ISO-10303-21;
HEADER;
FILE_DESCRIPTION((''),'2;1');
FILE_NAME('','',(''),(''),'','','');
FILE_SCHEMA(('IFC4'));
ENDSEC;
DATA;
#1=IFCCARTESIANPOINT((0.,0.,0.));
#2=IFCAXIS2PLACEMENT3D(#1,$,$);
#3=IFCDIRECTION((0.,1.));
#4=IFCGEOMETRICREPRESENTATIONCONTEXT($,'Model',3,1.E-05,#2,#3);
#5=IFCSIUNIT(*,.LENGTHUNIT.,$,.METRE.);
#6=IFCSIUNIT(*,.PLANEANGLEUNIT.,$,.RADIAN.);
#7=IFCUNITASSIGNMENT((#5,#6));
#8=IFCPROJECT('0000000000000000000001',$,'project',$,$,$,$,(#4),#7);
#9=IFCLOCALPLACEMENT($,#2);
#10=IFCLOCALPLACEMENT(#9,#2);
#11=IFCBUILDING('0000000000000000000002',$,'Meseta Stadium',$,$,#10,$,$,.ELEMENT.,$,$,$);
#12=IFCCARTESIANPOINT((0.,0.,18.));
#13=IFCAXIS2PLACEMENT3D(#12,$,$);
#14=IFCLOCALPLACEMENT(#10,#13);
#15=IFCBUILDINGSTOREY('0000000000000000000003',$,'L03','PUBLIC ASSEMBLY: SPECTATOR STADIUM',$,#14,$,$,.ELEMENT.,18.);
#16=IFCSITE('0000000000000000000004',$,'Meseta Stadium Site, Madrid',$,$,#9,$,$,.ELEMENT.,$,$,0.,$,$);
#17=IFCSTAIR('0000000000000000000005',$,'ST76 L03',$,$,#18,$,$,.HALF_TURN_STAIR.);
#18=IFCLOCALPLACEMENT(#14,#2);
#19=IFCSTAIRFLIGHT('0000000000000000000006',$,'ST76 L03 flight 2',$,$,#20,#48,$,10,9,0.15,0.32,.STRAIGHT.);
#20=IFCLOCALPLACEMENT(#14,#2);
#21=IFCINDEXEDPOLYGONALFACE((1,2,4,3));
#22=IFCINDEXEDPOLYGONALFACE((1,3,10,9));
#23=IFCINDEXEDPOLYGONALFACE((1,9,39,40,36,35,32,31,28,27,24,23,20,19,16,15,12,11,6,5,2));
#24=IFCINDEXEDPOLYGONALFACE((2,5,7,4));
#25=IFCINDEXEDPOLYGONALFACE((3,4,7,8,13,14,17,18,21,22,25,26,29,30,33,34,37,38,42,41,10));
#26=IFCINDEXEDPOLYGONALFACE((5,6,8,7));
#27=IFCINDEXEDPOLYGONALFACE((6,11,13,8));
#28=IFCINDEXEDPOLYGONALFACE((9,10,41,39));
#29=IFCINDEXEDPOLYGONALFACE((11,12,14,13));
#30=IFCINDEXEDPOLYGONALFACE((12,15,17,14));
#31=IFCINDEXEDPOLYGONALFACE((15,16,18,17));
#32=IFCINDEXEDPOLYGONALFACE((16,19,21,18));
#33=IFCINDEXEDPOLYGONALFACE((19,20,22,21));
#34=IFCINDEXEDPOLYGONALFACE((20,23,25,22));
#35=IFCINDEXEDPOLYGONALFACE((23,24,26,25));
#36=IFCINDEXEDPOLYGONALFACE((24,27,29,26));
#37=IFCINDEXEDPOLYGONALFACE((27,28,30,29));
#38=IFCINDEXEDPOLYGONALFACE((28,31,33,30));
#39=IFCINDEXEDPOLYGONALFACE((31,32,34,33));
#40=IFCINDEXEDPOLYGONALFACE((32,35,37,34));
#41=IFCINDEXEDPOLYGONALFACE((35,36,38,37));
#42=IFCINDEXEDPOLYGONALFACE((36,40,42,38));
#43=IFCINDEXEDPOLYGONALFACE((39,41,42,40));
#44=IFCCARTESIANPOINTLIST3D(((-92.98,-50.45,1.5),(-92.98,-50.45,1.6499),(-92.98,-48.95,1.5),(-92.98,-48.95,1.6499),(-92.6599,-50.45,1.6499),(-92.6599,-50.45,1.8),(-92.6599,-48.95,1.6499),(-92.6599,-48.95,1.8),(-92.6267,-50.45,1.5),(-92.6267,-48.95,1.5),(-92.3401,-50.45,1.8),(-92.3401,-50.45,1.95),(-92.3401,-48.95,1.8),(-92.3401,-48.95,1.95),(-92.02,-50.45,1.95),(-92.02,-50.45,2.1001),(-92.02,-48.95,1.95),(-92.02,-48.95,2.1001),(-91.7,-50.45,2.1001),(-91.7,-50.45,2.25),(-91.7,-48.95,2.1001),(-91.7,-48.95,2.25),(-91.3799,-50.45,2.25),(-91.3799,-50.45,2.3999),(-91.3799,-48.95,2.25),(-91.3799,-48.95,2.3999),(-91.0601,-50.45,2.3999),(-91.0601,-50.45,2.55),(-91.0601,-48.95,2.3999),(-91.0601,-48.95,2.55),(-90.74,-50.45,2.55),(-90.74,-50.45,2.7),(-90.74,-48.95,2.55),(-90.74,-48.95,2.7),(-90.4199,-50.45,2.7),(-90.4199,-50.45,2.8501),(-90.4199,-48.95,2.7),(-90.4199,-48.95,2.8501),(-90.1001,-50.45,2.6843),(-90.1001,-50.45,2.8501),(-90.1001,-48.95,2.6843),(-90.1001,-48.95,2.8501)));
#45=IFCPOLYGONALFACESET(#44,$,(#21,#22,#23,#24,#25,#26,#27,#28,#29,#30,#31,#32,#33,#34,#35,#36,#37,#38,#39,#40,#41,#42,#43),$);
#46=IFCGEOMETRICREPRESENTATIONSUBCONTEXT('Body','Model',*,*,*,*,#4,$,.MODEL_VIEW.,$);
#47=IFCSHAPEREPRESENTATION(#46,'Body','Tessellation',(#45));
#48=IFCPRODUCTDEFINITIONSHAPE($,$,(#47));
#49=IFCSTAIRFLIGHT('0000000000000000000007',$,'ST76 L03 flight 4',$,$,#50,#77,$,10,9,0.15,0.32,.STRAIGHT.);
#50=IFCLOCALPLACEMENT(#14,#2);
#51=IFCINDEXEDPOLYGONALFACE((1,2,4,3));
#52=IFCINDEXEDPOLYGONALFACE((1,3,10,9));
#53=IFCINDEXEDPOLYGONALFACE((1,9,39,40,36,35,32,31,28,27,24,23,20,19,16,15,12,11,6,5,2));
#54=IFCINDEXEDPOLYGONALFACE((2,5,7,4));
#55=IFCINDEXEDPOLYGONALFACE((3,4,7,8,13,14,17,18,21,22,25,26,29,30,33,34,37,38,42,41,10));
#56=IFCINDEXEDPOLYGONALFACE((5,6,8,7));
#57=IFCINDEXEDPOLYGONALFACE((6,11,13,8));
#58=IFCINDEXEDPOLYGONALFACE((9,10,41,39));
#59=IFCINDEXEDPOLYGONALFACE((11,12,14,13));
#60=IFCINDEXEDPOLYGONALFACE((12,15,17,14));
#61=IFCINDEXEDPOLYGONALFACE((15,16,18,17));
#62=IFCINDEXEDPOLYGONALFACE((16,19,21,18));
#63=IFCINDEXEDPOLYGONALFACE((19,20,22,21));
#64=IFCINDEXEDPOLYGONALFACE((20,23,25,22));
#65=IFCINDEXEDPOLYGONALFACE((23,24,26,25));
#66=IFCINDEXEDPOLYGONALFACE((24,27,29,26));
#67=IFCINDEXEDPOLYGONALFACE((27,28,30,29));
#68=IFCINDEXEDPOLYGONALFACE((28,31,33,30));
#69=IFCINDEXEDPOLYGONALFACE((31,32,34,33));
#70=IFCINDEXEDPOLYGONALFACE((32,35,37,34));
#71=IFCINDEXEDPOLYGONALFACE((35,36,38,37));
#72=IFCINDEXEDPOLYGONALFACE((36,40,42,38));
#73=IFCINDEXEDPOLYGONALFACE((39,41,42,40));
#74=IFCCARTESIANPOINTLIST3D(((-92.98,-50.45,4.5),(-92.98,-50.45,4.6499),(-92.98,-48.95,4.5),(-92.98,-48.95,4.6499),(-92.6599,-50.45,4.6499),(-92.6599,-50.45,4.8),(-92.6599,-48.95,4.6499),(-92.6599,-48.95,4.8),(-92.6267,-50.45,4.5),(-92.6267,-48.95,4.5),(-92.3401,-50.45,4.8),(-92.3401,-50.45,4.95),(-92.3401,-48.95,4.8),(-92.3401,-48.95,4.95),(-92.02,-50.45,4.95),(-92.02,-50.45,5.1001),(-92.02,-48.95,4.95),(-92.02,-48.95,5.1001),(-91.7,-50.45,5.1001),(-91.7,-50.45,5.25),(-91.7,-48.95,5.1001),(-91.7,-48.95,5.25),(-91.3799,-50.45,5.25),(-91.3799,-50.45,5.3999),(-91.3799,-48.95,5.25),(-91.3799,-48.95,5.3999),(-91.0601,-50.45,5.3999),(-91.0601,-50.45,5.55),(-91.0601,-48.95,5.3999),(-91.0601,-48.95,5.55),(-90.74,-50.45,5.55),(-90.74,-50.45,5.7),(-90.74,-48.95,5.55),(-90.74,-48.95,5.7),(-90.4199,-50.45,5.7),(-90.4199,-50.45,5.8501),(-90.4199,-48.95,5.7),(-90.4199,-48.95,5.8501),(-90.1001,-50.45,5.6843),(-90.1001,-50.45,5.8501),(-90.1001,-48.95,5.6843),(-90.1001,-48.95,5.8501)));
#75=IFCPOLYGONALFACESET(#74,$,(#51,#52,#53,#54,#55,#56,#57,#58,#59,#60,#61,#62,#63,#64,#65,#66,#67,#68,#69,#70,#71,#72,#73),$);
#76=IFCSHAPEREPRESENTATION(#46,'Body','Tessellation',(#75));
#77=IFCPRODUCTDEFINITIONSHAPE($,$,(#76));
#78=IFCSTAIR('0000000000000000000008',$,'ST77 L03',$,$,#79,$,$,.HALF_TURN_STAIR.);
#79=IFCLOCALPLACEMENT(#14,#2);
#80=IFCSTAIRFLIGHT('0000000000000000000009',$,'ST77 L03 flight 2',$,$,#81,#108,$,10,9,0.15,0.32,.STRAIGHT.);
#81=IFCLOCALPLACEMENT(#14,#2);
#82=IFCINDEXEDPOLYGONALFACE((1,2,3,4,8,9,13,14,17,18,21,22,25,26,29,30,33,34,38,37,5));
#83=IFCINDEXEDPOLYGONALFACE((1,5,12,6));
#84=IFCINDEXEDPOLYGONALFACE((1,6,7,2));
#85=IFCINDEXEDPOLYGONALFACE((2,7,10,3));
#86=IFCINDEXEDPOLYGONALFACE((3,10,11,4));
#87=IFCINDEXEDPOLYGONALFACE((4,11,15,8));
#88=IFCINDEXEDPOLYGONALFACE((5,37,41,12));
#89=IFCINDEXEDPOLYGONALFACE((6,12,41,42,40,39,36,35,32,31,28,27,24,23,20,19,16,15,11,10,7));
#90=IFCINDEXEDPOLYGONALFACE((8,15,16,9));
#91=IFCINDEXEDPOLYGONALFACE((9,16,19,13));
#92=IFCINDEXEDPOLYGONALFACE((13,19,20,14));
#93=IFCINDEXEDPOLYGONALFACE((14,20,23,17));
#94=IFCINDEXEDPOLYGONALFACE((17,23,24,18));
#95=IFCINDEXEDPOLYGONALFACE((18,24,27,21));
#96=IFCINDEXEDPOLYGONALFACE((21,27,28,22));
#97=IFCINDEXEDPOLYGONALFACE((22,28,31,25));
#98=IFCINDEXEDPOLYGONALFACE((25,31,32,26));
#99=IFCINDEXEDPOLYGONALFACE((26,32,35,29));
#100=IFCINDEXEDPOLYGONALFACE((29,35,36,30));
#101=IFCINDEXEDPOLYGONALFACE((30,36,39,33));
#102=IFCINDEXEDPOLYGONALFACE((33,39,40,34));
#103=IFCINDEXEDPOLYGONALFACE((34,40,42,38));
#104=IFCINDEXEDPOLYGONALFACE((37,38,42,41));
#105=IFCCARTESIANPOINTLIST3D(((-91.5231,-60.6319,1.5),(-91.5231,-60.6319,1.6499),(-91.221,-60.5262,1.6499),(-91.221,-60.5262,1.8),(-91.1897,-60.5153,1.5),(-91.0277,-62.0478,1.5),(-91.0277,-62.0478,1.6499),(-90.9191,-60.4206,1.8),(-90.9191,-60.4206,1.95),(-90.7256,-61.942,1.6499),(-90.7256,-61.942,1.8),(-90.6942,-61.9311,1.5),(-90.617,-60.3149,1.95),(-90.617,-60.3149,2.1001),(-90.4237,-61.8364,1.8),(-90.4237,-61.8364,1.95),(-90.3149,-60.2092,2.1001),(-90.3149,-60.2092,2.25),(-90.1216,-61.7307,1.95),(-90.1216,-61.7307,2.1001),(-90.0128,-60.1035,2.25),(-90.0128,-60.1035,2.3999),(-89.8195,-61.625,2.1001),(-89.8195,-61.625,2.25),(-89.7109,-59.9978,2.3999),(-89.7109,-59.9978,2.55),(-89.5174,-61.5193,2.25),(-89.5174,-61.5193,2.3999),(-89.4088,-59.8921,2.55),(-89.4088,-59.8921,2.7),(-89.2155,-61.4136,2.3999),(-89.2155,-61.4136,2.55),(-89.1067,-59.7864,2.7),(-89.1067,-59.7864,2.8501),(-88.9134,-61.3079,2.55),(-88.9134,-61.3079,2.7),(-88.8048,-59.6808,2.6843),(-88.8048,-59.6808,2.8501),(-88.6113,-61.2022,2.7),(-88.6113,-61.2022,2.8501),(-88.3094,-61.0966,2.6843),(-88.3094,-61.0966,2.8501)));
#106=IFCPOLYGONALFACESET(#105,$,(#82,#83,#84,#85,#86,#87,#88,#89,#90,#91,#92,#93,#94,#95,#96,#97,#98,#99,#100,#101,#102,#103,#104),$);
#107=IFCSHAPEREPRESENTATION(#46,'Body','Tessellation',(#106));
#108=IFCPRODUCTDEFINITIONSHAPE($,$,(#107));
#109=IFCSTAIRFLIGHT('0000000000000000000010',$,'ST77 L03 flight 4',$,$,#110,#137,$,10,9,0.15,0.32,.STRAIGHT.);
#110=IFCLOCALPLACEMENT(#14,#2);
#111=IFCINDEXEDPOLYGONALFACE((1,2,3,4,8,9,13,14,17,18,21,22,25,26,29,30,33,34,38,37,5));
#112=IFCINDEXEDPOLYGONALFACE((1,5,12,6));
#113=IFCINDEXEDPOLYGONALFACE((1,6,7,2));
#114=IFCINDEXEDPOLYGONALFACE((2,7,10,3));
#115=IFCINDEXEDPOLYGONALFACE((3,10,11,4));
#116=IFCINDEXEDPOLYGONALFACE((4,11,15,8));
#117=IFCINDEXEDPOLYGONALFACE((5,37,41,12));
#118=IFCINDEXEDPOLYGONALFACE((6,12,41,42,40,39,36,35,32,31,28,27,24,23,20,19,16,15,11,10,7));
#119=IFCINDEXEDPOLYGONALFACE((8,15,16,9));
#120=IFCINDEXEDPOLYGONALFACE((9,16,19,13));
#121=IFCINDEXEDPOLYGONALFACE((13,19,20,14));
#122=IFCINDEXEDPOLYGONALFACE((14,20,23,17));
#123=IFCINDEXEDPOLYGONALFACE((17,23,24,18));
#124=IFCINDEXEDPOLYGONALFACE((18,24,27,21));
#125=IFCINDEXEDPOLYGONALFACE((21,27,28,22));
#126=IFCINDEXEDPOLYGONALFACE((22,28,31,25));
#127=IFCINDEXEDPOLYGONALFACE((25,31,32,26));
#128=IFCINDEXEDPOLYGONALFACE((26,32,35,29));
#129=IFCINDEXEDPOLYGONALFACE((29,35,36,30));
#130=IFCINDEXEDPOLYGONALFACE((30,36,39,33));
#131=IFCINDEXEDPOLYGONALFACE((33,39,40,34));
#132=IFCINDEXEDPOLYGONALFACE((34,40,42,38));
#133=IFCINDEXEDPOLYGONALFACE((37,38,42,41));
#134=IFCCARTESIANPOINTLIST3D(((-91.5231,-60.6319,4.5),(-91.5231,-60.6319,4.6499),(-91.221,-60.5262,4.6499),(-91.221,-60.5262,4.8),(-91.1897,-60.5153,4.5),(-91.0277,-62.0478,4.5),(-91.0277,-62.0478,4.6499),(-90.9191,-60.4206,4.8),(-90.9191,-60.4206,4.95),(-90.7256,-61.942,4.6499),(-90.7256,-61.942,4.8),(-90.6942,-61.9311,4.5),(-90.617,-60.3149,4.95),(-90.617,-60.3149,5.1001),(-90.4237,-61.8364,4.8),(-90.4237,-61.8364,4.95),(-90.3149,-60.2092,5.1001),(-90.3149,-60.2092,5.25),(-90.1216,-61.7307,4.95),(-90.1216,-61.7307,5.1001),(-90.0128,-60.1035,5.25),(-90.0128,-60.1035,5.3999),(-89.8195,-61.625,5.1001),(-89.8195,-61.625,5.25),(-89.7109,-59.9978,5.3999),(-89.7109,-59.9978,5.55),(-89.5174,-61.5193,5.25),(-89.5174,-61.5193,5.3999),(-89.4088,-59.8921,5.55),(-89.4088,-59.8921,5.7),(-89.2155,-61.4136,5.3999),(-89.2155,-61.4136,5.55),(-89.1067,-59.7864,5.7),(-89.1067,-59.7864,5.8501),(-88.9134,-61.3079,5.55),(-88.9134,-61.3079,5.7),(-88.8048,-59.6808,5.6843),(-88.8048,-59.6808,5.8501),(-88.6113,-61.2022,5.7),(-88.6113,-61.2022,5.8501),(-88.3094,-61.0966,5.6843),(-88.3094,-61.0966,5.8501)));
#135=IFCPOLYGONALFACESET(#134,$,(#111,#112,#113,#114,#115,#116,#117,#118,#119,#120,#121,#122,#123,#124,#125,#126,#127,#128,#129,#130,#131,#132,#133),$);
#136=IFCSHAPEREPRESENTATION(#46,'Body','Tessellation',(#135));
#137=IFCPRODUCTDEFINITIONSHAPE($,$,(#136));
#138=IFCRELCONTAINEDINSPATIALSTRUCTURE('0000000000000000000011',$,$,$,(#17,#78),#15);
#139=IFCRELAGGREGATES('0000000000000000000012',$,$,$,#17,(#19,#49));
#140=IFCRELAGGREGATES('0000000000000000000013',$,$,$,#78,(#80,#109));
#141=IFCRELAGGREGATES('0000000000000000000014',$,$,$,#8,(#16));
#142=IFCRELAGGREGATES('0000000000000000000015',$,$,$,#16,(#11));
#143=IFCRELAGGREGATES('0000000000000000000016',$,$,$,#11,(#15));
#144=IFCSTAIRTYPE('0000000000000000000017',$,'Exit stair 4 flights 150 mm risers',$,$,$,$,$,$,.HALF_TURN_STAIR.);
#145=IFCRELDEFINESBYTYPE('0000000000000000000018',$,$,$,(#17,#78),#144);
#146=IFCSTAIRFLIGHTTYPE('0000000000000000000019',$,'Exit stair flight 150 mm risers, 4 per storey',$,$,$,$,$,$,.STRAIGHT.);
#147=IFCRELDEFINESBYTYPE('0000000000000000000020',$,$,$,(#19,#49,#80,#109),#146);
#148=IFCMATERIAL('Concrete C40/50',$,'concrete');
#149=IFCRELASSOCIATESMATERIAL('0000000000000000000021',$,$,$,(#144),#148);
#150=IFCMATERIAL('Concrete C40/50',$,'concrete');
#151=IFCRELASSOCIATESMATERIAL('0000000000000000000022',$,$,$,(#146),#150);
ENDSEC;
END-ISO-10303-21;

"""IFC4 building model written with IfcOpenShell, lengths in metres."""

from ifc_helpers import new_model, si_unit, direction, frame, origin, place, context, subcontext, project, spatial, polyline, outline, extrude, material, type_object, element, aggregate, save


model = new_model("IFC4")

# Units and contexts
model_context = context("Model", 3, precision=1e-05, world=origin(), true_north=direction((0.0, 1.0)))
body_context = subcontext(model_context, "Body", "Model", "MODEL_VIEW")
ifc_project = project(units=[si_unit("LENGTHUNIT", "METRE"), si_unit("PLANEANGLEUNIT", "RADIAN")], contexts=[model_context])

# Site, building, storey
site_placement = place(None, origin())
site = spatial("IfcSite", under=ifc_project, at=site_placement, Name="Meseta Stadium Site, Madrid", CompositionType="ELEMENT", RefElevation=0.0)
building_placement = place(site_placement, origin())
building = spatial("IfcBuilding", under=site, at=building_placement, Name="Meseta Stadium", CompositionType="ELEMENT")
storey_placement = place(building_placement, frame((0.0, 0.0, 18.0)))
storey = spatial("IfcBuildingStorey", under=building, at=storey_placement, Name="L03", Description="PUBLIC ASSEMBLY: SPECTATOR STADIUM", CompositionType="ELEMENT", Elevation=18.0)

# Stairs, stair flights
ifc_material_1 = material(Name="Concrete C40/50", Category="concrete")
stair_type = type_object("IfcStairType", Name="Exit stair 4 flights 150 mm risers", PredefinedType="HALF_TURN_STAIR", material=ifc_material_1)
stair_1_placement = place(storey_placement, origin())
stair_1 = element("IfcStair", 1, at=stair_1_placement, inside=storey, type_object=stair_type, Name="ST76 L03", PredefinedType="HALF_TURN_STAIR")
ifc_material_2 = material(Name="Concrete C40/50", Category="concrete")
stair_flight_type = type_object("IfcStairFlightType", Name="Exit stair flight 150 mm risers, 4 per storey", PredefinedType="STRAIGHT", material=ifc_material_2)
stair_flight_1_placement = place(storey_placement, frame((-92.98, -49.7, 1.5), z_axis=(0.0, 0.0, 1.0), x_axis=(1.0, 0.0, 0.0)))
stair_flight_1 = element("IfcStairFlight", 2, at=stair_flight_1_placement, type_object=stair_flight_type, Name="ST76 L03 flight 2", NumberOfRisers=10, NumberOfTreads=9, PredefinedType="STRAIGHT", RiserHeight=0.15, TreadLength=0.32, context=body_context, shape_type="SweptSolid", body=[
    extrude(outline(polyline([(0.0, 0.0), (0.0, 0.1499), (0.3201, 0.1499), (0.3201, 0.3), (0.6399, 0.3), (0.6399, 0.45), (0.96, 0.45), (0.96, 0.6001), (1.28, 0.6001), (1.28, 0.75), (1.6001, 0.75), (1.6001, 0.8999), (1.9199, 0.8999), (1.9199, 1.05), (2.24, 1.05), (2.24, 1.2), (2.5601, 1.2), (2.5601, 1.3501), (2.8799, 1.3501), (2.8799, 1.1843), (0.3533, 0.0), (0.0, 0.0)])), frame((0.0, 0.75, 0.0), z_axis=(0.0, -1.0, 0.0), x_axis=(1.0, 0.0, 0.0)), (0.0, 0.0, 1.0), 1.5),
])
stair_flight_2_placement = place(storey_placement, frame((-92.98, -49.7, 4.5), z_axis=(0.0, 0.0, 1.0), x_axis=(1.0, 0.0, 0.0)))
stair_flight_2 = element("IfcStairFlight", 3, at=stair_flight_2_placement, type_object=stair_flight_type, Name="ST76 L03 flight 4", NumberOfRisers=10, NumberOfTreads=9, PredefinedType="STRAIGHT", RiserHeight=0.15, TreadLength=0.32, context=body_context, shape_type="SweptSolid", body=[
    extrude(outline(polyline([(0.0, 0.0), (0.0, 0.1499), (0.3201, 0.1499), (0.3201, 0.3), (0.6399, 0.3), (0.6399, 0.45), (0.96, 0.45), (0.96, 0.6001), (1.28, 0.6001), (1.28, 0.75), (1.6001, 0.75), (1.6001, 0.8999), (1.9199, 0.8999), (1.9199, 1.05), (2.24, 1.05), (2.24, 1.2), (2.5601, 1.2), (2.5601, 1.3501), (2.8799, 1.3501), (2.8799, 1.1843), (0.3533, 0.0), (0.0, 0.0)])), frame((0.0, 0.75, 0.0), z_axis=(0.0, -1.0, 0.0), x_axis=(1.0, 0.0, 0.0)), (0.0, 0.0, 1.0), 1.5),
])
aggregate(stair_1, [stair_flight_1, stair_flight_2])
stair_2_placement = place(storey_placement, origin())
stair_2 = element("IfcStair", 4, at=stair_2_placement, inside=storey, type_object=stair_type, Name="ST77 L03", PredefinedType="HALF_TURN_STAIR")
stair_flight_3_placement = place(storey_placement, frame((-91.2754, -61.3398, 1.5), z_axis=(0.0, 0.0, 1.0), x_axis=(0.943883, 0.330279, 0.0)))
stair_flight_3 = element("IfcStairFlight", 5, at=stair_flight_3_placement, type_object=stair_flight_type, Name="ST77 L03 flight 2", NumberOfRisers=10, NumberOfTreads=9, PredefinedType="STRAIGHT", RiserHeight=0.15, TreadLength=0.32, context=body_context, shape_type="SweptSolid", body=[
    extrude(outline(polyline([(0.0, 0.0), (0.0, 0.1499), (0.3201, 0.1499), (0.3201, 0.3), (0.6399, 0.3), (0.6399, 0.45), (0.96, 0.45), (0.96, 0.6001), (1.28, 0.6001), (1.28, 0.75), (1.6001, 0.75), (1.6001, 0.8999), (1.9199, 0.8999), (1.9199, 1.05), (2.24, 1.05), (2.24, 1.2), (2.5601, 1.2), (2.5601, 1.3501), (2.8799, 1.3501), (2.8799, 1.1843), (0.3533, 0.0), (0.0, 0.0)])), frame((0.0, 0.75, 0.0), z_axis=(0.0, -1.0, 0.0), x_axis=(1.0, 0.0, 0.0)), (0.0, 0.0, 1.0), 1.5),
])
stair_flight_4_placement = place(storey_placement, frame((-91.2754, -61.3398, 4.5), z_axis=(0.0, 0.0, 1.0), x_axis=(0.943883, 0.330279, 0.0)))
stair_flight_4 = element("IfcStairFlight", 6, at=stair_flight_4_placement, type_object=stair_flight_type, Name="ST77 L03 flight 4", NumberOfRisers=10, NumberOfTreads=9, PredefinedType="STRAIGHT", RiserHeight=0.15, TreadLength=0.32, context=body_context, shape_type="SweptSolid", body=[
    extrude(outline(polyline([(0.0, 0.0), (0.0, 0.1499), (0.3201, 0.1499), (0.3201, 0.3), (0.6399, 0.3), (0.6399, 0.45), (0.96, 0.45), (0.96, 0.6001), (1.28, 0.6001), (1.28, 0.75), (1.6001, 0.75), (1.6001, 0.8999), (1.9199, 0.8999), (1.9199, 1.05), (2.24, 1.05), (2.24, 1.2), (2.5601, 1.2), (2.5601, 1.3501), (2.8799, 1.3501), (2.8799, 1.1843), (0.3533, 0.0), (0.0, 0.0)])), frame((0.0, 0.75, 0.0), z_axis=(0.0, -1.0, 0.0), x_axis=(1.0, 0.0, 0.0)), (0.0, 0.0, 1.0), 1.5),
])
aggregate(stair_2, [stair_flight_3, stair_flight_4])

save(model, "model.ifc")
